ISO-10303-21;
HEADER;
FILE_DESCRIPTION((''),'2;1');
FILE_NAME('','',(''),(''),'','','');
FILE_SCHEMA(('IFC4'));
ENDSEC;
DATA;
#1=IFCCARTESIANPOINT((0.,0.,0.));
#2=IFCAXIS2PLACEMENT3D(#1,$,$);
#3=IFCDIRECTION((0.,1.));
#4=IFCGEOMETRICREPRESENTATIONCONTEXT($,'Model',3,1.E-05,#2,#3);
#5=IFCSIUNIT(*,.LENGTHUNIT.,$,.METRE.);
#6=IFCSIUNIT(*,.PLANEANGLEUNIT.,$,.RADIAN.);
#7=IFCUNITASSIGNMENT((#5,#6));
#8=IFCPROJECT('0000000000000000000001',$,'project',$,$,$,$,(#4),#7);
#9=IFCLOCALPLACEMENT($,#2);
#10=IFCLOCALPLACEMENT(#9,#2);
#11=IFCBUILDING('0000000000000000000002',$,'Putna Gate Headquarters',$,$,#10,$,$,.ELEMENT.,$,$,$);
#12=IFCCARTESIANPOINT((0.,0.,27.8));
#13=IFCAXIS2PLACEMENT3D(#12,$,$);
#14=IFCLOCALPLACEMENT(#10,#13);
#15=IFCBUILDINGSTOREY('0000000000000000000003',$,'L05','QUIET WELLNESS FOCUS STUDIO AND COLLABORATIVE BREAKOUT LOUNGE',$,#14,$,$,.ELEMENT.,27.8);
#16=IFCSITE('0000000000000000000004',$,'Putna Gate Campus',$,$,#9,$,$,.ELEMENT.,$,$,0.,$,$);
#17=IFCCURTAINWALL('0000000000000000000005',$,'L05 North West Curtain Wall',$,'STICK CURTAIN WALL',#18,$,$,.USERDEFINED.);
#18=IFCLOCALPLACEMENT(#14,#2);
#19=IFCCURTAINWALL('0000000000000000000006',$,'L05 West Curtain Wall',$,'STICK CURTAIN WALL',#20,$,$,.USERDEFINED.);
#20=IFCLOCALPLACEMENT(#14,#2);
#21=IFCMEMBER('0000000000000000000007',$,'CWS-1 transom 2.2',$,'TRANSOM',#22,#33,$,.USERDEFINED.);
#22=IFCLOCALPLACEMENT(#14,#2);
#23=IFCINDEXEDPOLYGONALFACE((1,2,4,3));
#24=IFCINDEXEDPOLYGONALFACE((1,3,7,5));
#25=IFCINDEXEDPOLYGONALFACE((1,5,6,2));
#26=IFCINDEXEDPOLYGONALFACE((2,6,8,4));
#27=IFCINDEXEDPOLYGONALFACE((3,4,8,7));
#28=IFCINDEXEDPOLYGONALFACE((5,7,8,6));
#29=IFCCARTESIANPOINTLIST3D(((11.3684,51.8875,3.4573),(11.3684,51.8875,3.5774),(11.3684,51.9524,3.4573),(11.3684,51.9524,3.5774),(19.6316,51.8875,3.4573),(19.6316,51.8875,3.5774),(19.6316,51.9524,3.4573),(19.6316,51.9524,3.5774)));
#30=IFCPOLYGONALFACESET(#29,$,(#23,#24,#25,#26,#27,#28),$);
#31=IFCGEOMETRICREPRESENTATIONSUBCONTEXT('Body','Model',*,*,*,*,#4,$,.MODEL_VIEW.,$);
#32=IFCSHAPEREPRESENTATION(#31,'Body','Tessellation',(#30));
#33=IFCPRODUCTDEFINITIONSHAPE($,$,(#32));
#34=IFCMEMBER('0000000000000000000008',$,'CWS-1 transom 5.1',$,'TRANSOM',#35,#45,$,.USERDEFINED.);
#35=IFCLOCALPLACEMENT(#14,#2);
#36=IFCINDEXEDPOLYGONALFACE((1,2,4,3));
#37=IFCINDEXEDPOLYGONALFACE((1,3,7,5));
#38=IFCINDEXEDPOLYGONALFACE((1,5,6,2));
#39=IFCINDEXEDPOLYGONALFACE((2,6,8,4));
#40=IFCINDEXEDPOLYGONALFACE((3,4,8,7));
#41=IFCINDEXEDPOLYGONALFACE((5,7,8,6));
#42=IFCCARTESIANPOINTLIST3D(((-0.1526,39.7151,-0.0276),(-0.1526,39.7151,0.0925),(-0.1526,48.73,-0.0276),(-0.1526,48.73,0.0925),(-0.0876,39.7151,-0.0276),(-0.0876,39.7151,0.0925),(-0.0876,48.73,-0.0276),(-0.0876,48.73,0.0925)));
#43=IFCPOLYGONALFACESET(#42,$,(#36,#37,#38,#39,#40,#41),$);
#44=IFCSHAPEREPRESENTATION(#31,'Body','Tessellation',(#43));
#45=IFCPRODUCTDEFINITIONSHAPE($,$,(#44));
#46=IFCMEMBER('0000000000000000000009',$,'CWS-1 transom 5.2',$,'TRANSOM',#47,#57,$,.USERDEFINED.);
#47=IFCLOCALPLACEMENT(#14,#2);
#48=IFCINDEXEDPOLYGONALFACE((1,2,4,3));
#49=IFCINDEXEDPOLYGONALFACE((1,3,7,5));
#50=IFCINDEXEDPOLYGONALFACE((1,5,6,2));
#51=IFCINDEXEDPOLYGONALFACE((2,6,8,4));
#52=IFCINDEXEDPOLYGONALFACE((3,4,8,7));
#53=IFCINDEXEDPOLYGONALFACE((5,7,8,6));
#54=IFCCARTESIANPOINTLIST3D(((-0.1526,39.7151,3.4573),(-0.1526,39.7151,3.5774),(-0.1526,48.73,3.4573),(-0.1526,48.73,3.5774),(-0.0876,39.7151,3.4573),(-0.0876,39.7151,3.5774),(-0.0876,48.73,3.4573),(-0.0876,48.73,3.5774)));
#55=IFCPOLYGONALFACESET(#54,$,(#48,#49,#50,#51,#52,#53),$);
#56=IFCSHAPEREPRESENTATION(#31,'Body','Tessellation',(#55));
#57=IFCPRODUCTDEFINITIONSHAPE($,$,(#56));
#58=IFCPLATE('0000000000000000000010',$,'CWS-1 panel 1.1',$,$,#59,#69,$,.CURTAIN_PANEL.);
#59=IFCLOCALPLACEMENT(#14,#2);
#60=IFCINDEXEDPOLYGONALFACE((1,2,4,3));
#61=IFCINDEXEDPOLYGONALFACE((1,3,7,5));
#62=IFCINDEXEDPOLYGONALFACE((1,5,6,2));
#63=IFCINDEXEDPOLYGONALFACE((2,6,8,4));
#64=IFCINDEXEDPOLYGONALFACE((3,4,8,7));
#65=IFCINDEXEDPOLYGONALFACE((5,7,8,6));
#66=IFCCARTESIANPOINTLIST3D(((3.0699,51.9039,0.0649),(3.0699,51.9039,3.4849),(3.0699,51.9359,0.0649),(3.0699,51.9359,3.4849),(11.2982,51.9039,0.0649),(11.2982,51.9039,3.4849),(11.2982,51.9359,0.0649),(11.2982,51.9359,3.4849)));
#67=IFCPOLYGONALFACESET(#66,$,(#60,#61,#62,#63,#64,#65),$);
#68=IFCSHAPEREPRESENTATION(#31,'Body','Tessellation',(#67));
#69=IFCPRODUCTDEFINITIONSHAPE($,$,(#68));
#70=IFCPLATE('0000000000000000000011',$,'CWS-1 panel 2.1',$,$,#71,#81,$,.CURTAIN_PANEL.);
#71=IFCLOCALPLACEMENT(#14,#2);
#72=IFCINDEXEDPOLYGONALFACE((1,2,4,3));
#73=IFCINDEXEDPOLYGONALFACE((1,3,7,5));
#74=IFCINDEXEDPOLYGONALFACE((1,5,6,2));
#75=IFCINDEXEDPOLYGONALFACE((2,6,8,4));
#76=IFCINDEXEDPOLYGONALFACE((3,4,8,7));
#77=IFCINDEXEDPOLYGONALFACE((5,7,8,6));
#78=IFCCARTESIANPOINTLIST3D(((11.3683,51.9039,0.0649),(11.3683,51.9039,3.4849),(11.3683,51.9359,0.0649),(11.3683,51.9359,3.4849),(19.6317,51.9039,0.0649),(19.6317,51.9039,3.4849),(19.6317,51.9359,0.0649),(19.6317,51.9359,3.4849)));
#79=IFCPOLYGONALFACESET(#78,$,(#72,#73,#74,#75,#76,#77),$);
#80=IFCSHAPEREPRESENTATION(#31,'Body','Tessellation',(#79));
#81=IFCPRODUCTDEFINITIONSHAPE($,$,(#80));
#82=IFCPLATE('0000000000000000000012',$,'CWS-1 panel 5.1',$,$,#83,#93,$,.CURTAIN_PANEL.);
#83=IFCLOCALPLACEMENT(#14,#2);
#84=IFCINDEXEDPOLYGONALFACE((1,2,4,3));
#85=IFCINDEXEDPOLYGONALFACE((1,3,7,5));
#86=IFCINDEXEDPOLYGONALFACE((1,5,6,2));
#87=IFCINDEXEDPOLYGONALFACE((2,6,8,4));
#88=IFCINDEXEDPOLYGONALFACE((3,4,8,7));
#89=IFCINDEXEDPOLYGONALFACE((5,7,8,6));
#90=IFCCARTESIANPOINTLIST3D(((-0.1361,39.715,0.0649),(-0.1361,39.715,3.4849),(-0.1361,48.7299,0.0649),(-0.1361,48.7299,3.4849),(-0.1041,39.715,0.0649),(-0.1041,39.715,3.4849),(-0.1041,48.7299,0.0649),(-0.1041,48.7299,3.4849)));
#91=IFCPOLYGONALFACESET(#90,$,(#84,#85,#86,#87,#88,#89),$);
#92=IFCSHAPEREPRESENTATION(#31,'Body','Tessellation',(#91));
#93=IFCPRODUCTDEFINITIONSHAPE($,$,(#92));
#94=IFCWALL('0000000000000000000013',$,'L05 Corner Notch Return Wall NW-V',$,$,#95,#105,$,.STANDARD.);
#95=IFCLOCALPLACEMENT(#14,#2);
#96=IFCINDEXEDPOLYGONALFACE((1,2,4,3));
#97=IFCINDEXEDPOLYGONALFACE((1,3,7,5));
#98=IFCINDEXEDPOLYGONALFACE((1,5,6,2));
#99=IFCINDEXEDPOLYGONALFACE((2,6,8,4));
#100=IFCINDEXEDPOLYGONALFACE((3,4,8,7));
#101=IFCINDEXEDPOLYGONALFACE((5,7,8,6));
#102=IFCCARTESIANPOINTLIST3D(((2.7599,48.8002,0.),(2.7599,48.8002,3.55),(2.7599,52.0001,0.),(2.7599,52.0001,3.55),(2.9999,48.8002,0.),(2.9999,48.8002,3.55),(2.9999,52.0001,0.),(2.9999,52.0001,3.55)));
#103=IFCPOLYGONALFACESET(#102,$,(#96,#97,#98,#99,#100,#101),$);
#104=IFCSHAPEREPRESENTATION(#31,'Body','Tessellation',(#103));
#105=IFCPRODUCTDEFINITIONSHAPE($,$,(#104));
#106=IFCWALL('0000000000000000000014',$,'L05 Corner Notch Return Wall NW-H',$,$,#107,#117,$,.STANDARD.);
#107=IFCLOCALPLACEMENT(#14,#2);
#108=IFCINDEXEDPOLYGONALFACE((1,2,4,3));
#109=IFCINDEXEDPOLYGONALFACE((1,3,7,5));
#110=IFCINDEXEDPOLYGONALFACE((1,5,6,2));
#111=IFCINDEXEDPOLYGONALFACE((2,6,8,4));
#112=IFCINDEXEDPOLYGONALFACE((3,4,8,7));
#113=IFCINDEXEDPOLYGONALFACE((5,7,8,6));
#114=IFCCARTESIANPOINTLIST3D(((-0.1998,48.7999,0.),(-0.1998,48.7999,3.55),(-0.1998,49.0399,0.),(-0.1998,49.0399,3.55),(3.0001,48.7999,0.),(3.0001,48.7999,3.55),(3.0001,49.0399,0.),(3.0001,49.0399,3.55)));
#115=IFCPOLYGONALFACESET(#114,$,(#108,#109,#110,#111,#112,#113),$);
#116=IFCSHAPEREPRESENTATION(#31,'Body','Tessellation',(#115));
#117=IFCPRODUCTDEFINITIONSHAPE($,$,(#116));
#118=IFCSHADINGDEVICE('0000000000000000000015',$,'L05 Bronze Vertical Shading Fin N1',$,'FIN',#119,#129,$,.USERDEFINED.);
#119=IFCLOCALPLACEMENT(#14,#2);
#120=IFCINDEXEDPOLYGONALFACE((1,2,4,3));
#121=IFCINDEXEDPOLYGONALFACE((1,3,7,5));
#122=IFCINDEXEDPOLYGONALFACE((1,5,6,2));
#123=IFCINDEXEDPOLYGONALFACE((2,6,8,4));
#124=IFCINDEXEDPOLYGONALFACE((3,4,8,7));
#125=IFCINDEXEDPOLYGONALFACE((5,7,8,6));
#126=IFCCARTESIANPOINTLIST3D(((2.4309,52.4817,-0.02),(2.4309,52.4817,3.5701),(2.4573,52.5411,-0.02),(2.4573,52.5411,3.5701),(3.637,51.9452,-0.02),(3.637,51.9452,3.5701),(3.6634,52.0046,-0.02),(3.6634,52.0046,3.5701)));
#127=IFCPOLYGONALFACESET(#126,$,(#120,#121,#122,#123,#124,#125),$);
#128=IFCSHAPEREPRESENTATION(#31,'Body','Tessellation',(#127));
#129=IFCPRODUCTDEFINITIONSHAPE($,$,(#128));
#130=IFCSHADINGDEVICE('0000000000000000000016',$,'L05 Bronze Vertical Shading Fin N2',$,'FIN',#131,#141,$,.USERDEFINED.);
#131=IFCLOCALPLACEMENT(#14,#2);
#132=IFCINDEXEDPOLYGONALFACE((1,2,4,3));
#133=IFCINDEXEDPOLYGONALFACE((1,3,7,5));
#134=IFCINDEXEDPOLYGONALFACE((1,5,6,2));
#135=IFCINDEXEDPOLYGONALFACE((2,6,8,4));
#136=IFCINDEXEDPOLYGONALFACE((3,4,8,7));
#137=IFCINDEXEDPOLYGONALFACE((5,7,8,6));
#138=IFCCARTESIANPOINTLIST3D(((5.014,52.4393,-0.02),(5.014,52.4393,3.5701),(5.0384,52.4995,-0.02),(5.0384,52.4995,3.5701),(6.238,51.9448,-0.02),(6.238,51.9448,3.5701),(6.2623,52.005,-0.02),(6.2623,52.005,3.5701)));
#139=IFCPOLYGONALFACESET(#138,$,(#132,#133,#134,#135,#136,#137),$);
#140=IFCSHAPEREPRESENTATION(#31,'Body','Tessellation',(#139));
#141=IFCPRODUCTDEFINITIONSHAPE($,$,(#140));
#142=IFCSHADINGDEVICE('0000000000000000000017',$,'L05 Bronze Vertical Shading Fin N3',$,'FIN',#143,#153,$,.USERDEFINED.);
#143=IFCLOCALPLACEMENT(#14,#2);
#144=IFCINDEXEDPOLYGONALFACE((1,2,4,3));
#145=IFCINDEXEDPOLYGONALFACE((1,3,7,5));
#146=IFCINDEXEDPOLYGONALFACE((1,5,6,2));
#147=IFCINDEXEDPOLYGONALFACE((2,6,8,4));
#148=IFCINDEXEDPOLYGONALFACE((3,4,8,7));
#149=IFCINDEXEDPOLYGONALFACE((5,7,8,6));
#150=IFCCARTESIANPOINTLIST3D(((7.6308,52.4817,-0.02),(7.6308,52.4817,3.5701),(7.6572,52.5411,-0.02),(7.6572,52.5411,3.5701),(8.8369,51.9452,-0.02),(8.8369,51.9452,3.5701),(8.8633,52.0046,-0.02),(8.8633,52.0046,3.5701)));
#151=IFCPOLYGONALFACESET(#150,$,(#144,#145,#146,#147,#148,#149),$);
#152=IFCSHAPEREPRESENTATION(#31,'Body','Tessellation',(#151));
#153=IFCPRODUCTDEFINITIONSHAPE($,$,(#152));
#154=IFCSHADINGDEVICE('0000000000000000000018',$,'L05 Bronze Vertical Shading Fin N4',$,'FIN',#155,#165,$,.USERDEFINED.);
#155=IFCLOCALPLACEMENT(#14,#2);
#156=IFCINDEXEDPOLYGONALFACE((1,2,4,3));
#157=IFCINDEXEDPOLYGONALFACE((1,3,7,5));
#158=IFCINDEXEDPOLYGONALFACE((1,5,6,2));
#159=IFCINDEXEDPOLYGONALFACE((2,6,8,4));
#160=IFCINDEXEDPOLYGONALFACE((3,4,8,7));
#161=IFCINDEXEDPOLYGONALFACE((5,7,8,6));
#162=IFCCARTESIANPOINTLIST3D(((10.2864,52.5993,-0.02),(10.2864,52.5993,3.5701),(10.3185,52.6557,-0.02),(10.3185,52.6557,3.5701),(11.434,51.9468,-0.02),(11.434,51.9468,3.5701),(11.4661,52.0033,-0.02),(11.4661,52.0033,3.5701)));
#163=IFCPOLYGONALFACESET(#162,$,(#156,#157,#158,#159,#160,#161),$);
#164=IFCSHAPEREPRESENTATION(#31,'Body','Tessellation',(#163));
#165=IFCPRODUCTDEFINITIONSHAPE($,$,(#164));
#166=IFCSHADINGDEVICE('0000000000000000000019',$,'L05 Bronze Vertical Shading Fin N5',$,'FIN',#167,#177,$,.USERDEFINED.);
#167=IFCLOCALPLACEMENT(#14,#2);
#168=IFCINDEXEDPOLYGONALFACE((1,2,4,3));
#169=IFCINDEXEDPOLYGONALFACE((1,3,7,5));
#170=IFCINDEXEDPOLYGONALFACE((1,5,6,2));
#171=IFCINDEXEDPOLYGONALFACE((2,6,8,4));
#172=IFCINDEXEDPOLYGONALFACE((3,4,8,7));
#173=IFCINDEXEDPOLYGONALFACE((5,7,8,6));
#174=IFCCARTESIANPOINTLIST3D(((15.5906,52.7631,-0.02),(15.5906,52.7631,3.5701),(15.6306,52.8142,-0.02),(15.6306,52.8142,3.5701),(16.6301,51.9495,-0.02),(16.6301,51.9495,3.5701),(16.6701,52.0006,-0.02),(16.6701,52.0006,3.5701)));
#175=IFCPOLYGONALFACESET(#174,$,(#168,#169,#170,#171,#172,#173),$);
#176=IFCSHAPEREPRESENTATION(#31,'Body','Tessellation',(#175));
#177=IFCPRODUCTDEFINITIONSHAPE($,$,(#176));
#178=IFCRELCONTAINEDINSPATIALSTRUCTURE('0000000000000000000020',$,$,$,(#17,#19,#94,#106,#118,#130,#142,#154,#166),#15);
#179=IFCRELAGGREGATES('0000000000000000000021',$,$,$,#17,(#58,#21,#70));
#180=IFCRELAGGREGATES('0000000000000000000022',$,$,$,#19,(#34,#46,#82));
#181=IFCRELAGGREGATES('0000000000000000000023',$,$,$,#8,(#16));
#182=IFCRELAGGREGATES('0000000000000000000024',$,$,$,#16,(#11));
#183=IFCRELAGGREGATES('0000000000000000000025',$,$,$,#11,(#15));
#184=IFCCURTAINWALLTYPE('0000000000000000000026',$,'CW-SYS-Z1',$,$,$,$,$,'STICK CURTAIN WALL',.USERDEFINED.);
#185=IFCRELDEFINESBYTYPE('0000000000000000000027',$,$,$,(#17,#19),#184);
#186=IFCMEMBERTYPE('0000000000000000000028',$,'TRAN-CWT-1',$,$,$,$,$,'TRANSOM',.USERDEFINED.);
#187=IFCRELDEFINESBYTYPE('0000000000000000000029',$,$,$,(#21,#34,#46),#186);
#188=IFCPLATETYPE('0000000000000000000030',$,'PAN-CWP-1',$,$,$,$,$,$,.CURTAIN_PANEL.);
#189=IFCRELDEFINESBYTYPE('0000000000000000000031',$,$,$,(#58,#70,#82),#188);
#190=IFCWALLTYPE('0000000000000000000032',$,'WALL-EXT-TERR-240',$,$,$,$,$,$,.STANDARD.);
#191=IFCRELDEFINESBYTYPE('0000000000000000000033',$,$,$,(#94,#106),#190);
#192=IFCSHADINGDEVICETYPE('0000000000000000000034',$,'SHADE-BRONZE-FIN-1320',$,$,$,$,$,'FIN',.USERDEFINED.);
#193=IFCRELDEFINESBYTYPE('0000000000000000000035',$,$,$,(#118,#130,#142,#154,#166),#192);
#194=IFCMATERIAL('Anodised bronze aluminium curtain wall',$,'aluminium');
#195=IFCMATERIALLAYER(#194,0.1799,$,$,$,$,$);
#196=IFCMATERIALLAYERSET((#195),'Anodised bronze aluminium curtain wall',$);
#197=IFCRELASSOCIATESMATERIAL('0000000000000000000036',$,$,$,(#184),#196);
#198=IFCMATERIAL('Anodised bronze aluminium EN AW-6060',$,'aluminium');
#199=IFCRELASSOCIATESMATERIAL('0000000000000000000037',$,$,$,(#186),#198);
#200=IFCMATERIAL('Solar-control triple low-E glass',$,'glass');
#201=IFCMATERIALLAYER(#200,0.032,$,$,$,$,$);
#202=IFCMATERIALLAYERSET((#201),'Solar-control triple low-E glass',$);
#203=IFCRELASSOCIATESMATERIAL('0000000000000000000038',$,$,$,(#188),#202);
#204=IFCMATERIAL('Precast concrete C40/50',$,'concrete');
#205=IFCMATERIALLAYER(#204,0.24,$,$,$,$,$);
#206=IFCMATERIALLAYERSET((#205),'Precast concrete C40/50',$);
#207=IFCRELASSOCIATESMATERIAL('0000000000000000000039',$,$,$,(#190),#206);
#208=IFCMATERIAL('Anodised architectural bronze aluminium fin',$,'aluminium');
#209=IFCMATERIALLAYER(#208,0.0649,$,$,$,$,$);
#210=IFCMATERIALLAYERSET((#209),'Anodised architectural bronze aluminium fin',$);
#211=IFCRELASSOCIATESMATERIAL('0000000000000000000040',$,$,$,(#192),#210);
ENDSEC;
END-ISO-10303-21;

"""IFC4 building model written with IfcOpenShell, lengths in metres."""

from ifc_helpers import new_model, si_unit, direction, frame, frame_2d, origin, origin_2d, place, context, subcontext, project, spatial, rectangle, extrude, material, layer, layer_set, material_profile, profile_set, type_object, element, aggregate, save


model = new_model("IFC4")

# Units and contexts
model_context = context("Model", 3, precision=1e-05, world=origin(), true_north=direction((0.0, 1.0)))
body_context = subcontext(model_context, "Body", "Model", "MODEL_VIEW")
ifc_project = project(units=[si_unit("LENGTHUNIT", "METRE"), si_unit("PLANEANGLEUNIT", "RADIAN")], contexts=[model_context])

# Site, building, storey
site_placement = place(None, origin())
site = spatial("IfcSite", under=ifc_project, at=site_placement, Name="Putna Gate Campus", CompositionType="ELEMENT", RefElevation=0.0)
building_placement = place(site_placement, origin())
building = spatial("IfcBuilding", under=site, at=building_placement, Name="Putna Gate Headquarters", CompositionType="ELEMENT")
storey_placement = place(building_placement, frame((0.0, 0.0, 27.8)))
storey = spatial("IfcBuildingStorey", under=building, at=storey_placement, Name="L05", Description="QUIET WELLNESS FOCUS STUDIO AND COLLABORATIVE BREAKOUT LOUNGE", CompositionType="ELEMENT", Elevation=27.8)

# Curtain wall
ifc_material_1 = material(Name="Anodised bronze aluminium curtain wall", Category="aluminium")
ifc_layer_1 = layer(ifc_material_1, 0.1799)
ifc_layer_set_1 = layer_set([ifc_layer_1], Name="Anodised bronze aluminium curtain wall")
curtain_wall_type = type_object("IfcCurtainWallType", Name="CW-SYS-Z1", ElementType="STICK CURTAIN WALL", PredefinedType="USERDEFINED", material=ifc_layer_set_1)
curtain_wall_1_placement = place(storey_placement, origin())
curtain_wall_1 = element("IfcCurtainWall", 1, at=curtain_wall_1_placement, inside=storey, type_object=curtain_wall_type, Name="L05 North West Curtain Wall", ObjectType="STICK CURTAIN WALL", PredefinedType="USERDEFINED")
ifc_material_2 = material(Name="Anodised bronze aluminium EN AW-6060", Category="aluminium")

# Curtain wall
curtain_wall_2_placement = place(storey_placement, origin())
curtain_wall_2 = element("IfcCurtainWall", 2, at=curtain_wall_2_placement, inside=storey, type_object=curtain_wall_type, Name="L05 West Curtain Wall", ObjectType="STICK CURTAIN WALL", PredefinedType="USERDEFINED")

# Members
ifc_material_profile_1 = material_profile(ifc_material_2, rectangle(XDim=0.0649, YDim=0.1201, at=origin_2d()), Name="Anodised bronze aluminium EN AW-6060")
ifc_profile_set_1 = profile_set([ifc_material_profile_1], Name="Anodised bronze aluminium EN AW-6060")
member_type_1 = type_object("IfcMemberType", Name="TRAN-CWT-1", ElementType="TRANSOM", PredefinedType="USERDEFINED", material=ifc_profile_set_1)
member_1_placement = place(storey_placement, frame((11.3684, 51.9199, 3.5173), z_axis=(1.0, 0.0, 0.0), x_axis=(0.0, 1.0, 0.0)))
member_1 = element("IfcMember", 3, at=member_1_placement, type_object=member_type_1, Name="CWS-1 transom 2.2", ObjectType="TRANSOM", PredefinedType="USERDEFINED", context=body_context, shape_type="SweptSolid", body=[
    extrude(rectangle(XDim=0.0649, YDim=0.1201, at=origin_2d()), origin(), (0.0, 0.0, 1.0), 8.2632),
])
member_2_placement = place(storey_placement, frame((-0.1201, 39.7151, 0.0325), z_axis=(0.0, 1.0, 0.0), x_axis=(-1.0, 0.0, 0.0)))
member_2 = element("IfcMember", 4, at=member_2_placement, type_object=member_type_1, Name="CWS-1 transom 5.1", ObjectType="TRANSOM", PredefinedType="USERDEFINED", context=body_context, shape_type="SweptSolid", body=[
    extrude(rectangle(XDim=0.0649, YDim=0.1201, at=origin_2d()), origin(), (0.0, 0.0, 1.0), 9.0149),
])
member_3_placement = place(storey_placement, frame((-0.1201, 39.7151, 3.5173), z_axis=(0.0, 1.0, 0.0), x_axis=(-1.0, 0.0, 0.0)))
member_3 = element("IfcMember", 5, at=member_3_placement, type_object=member_type_1, Name="CWS-1 transom 5.2", ObjectType="TRANSOM", PredefinedType="USERDEFINED", context=body_context, shape_type="SweptSolid", body=[
    extrude(rectangle(XDim=0.0649, YDim=0.1201, at=origin_2d()), origin(), (0.0, 0.0, 1.0), 9.0149),
])

# Plates
ifc_material_3 = material(Name="Solar-control triple low-E glass", Category="glass")
ifc_layer_2 = layer(ifc_material_3, 0.032)
ifc_layer_set_2 = layer_set([ifc_layer_2], Name="Solar-control triple low-E glass")
plate_type = type_object("IfcPlateType", Name="PAN-CWP-1", PredefinedType="CURTAIN_PANEL", material=ifc_layer_set_2)
plate_1_placement = place(storey_placement, frame((7.1841, 51.9199, 0.0649), z_axis=(0.0, 0.0, 1.0), x_axis=(1.0, 0.0, 0.0)))
plate_1 = element("IfcPlate", 6, at=plate_1_placement, type_object=plate_type, Name="CWS-1 panel 1.1", PredefinedType="CURTAIN_PANEL", context=body_context, shape_type="SweptSolid", body=[
    extrude(rectangle(XDim=8.2283, YDim=0.032, at=origin_2d()), origin(), (0.0, 0.0, 1.0), 3.4199),
])
plate_2_placement = place(storey_placement, frame((15.5, 51.9199, 0.0649), z_axis=(0.0, 0.0, 1.0), x_axis=(1.0, 0.0, 0.0)))
plate_2 = element("IfcPlate", 7, at=plate_2_placement, type_object=plate_type, Name="CWS-1 panel 2.1", PredefinedType="CURTAIN_PANEL", context=body_context, shape_type="SweptSolid", body=[
    extrude(rectangle(XDim=8.2634, YDim=0.032, at=origin_2d()), origin(), (0.0, 0.0, 1.0), 3.4199),
])
aggregate(curtain_wall_1, [plate_1, member_1, plate_2])
plate_3_placement = place(storey_placement, frame((-0.1201, 44.2224, 0.0649), z_axis=(0.0, 0.0, 1.0), x_axis=(0.0, 1.0, 0.0)))
plate_3 = element("IfcPlate", 8, at=plate_3_placement, type_object=plate_type, Name="CWS-1 panel 5.1", PredefinedType="CURTAIN_PANEL", context=body_context, shape_type="SweptSolid", body=[
    extrude(rectangle(XDim=9.0149, YDim=0.032, at=origin_2d()), origin(), (0.0, 0.0, 1.0), 3.4199),
])
aggregate(curtain_wall_2, [member_2, member_3, plate_3])

# Walls
ifc_material_4 = material(Name="Precast concrete C40/50", Category="concrete")
ifc_layer_3 = layer(ifc_material_4, 0.24)
ifc_layer_set_3 = layer_set([ifc_layer_3], Name="Precast concrete C40/50")
wall_type = type_object("IfcWallType", Name="WALL-EXT-TERR-240", PredefinedType="STANDARD", material=ifc_layer_set_3)
for number, where, z_axis, x_axis, name in (
    (9, (2.8799, 48.8, 0.0), (0.0, 0.0, 1.0), (0.0, 1.0, 0.0), "L05 Corner Notch Return Wall NW-V"),
    (10, (-0.2, 48.9199, 0.0), (0.0, 0.0, 1.0), (1.0, 0.0, 0.0), "L05 Corner Notch Return Wall NW-H"),
):
    element("IfcWall", number, at=place(storey_placement, frame(where, z_axis=z_axis, x_axis=x_axis)), inside=storey, type_object=wall_type, Name=name, PredefinedType="STANDARD", context=body_context, shape_type="SweptSolid", body=[
        extrude(rectangle(XDim=3.2, YDim=0.24, at=frame_2d((1.6001, 0.0))), origin(), (0.0, 0.0, 1.0), 3.55),
    ])

# Shading devices
ifc_material_5 = material(Name="Anodised architectural bronze aluminium fin", Category="aluminium")
ifc_layer_4 = layer(ifc_material_5, 0.0649)
ifc_layer_set_4 = layer_set([ifc_layer_4], Name="Anodised architectural bronze aluminium fin")
shading_device_type = type_object("IfcShadingDeviceType", Name="SHADE-BRONZE-FIN-1320", ElementType="FIN", PredefinedType="USERDEFINED", material=ifc_layer_set_4)
for number, where, z_axis, x_axis, name in (
    (11, (3.0471, 52.2432, -0.02), (0.0, 0.0, 1.0), (-0.913687, 0.406418, 0.0), "L05 Bronze Vertical Shading Fin N1"),
    (12, (5.6382, 52.2222, -0.02), (0.0, 0.0, 1.0), (-0.927184, 0.374607, 0.0), "L05 Bronze Vertical Shading Fin N2"),
    (13, (8.2471, 52.2432, -0.02), (0.0, 0.0, 1.0), (-0.913687, 0.406418, 0.0), "L05 Bronze Vertical Shading Fin N3"),
    (14, (10.8762, 52.3013, -0.02), (0.0, 0.0, 1.0), (-0.869322, 0.494245, 0.0), "L05 Bronze Vertical Shading Fin N4"),
    (15, (16.1304, 52.3818, -0.02), (0.0, 0.0, 1.0), (-0.787473, 0.616349, 0.0), "L05 Bronze Vertical Shading Fin N5"),
):
    element("IfcShadingDevice", number, at=place(storey_placement, frame(where, z_axis=z_axis, x_axis=x_axis)), inside=storey, type_object=shading_device_type, Name=name, ObjectType="FIN", PredefinedType="USERDEFINED", context=body_context, shape_type="SweptSolid", body=[
        extrude(rectangle(XDim=1.3201, YDim=0.0649, at=origin_2d()), origin(), (0.0, 0.0, 1.0), 3.5901),
    ])

save(model, "model.ifc")
